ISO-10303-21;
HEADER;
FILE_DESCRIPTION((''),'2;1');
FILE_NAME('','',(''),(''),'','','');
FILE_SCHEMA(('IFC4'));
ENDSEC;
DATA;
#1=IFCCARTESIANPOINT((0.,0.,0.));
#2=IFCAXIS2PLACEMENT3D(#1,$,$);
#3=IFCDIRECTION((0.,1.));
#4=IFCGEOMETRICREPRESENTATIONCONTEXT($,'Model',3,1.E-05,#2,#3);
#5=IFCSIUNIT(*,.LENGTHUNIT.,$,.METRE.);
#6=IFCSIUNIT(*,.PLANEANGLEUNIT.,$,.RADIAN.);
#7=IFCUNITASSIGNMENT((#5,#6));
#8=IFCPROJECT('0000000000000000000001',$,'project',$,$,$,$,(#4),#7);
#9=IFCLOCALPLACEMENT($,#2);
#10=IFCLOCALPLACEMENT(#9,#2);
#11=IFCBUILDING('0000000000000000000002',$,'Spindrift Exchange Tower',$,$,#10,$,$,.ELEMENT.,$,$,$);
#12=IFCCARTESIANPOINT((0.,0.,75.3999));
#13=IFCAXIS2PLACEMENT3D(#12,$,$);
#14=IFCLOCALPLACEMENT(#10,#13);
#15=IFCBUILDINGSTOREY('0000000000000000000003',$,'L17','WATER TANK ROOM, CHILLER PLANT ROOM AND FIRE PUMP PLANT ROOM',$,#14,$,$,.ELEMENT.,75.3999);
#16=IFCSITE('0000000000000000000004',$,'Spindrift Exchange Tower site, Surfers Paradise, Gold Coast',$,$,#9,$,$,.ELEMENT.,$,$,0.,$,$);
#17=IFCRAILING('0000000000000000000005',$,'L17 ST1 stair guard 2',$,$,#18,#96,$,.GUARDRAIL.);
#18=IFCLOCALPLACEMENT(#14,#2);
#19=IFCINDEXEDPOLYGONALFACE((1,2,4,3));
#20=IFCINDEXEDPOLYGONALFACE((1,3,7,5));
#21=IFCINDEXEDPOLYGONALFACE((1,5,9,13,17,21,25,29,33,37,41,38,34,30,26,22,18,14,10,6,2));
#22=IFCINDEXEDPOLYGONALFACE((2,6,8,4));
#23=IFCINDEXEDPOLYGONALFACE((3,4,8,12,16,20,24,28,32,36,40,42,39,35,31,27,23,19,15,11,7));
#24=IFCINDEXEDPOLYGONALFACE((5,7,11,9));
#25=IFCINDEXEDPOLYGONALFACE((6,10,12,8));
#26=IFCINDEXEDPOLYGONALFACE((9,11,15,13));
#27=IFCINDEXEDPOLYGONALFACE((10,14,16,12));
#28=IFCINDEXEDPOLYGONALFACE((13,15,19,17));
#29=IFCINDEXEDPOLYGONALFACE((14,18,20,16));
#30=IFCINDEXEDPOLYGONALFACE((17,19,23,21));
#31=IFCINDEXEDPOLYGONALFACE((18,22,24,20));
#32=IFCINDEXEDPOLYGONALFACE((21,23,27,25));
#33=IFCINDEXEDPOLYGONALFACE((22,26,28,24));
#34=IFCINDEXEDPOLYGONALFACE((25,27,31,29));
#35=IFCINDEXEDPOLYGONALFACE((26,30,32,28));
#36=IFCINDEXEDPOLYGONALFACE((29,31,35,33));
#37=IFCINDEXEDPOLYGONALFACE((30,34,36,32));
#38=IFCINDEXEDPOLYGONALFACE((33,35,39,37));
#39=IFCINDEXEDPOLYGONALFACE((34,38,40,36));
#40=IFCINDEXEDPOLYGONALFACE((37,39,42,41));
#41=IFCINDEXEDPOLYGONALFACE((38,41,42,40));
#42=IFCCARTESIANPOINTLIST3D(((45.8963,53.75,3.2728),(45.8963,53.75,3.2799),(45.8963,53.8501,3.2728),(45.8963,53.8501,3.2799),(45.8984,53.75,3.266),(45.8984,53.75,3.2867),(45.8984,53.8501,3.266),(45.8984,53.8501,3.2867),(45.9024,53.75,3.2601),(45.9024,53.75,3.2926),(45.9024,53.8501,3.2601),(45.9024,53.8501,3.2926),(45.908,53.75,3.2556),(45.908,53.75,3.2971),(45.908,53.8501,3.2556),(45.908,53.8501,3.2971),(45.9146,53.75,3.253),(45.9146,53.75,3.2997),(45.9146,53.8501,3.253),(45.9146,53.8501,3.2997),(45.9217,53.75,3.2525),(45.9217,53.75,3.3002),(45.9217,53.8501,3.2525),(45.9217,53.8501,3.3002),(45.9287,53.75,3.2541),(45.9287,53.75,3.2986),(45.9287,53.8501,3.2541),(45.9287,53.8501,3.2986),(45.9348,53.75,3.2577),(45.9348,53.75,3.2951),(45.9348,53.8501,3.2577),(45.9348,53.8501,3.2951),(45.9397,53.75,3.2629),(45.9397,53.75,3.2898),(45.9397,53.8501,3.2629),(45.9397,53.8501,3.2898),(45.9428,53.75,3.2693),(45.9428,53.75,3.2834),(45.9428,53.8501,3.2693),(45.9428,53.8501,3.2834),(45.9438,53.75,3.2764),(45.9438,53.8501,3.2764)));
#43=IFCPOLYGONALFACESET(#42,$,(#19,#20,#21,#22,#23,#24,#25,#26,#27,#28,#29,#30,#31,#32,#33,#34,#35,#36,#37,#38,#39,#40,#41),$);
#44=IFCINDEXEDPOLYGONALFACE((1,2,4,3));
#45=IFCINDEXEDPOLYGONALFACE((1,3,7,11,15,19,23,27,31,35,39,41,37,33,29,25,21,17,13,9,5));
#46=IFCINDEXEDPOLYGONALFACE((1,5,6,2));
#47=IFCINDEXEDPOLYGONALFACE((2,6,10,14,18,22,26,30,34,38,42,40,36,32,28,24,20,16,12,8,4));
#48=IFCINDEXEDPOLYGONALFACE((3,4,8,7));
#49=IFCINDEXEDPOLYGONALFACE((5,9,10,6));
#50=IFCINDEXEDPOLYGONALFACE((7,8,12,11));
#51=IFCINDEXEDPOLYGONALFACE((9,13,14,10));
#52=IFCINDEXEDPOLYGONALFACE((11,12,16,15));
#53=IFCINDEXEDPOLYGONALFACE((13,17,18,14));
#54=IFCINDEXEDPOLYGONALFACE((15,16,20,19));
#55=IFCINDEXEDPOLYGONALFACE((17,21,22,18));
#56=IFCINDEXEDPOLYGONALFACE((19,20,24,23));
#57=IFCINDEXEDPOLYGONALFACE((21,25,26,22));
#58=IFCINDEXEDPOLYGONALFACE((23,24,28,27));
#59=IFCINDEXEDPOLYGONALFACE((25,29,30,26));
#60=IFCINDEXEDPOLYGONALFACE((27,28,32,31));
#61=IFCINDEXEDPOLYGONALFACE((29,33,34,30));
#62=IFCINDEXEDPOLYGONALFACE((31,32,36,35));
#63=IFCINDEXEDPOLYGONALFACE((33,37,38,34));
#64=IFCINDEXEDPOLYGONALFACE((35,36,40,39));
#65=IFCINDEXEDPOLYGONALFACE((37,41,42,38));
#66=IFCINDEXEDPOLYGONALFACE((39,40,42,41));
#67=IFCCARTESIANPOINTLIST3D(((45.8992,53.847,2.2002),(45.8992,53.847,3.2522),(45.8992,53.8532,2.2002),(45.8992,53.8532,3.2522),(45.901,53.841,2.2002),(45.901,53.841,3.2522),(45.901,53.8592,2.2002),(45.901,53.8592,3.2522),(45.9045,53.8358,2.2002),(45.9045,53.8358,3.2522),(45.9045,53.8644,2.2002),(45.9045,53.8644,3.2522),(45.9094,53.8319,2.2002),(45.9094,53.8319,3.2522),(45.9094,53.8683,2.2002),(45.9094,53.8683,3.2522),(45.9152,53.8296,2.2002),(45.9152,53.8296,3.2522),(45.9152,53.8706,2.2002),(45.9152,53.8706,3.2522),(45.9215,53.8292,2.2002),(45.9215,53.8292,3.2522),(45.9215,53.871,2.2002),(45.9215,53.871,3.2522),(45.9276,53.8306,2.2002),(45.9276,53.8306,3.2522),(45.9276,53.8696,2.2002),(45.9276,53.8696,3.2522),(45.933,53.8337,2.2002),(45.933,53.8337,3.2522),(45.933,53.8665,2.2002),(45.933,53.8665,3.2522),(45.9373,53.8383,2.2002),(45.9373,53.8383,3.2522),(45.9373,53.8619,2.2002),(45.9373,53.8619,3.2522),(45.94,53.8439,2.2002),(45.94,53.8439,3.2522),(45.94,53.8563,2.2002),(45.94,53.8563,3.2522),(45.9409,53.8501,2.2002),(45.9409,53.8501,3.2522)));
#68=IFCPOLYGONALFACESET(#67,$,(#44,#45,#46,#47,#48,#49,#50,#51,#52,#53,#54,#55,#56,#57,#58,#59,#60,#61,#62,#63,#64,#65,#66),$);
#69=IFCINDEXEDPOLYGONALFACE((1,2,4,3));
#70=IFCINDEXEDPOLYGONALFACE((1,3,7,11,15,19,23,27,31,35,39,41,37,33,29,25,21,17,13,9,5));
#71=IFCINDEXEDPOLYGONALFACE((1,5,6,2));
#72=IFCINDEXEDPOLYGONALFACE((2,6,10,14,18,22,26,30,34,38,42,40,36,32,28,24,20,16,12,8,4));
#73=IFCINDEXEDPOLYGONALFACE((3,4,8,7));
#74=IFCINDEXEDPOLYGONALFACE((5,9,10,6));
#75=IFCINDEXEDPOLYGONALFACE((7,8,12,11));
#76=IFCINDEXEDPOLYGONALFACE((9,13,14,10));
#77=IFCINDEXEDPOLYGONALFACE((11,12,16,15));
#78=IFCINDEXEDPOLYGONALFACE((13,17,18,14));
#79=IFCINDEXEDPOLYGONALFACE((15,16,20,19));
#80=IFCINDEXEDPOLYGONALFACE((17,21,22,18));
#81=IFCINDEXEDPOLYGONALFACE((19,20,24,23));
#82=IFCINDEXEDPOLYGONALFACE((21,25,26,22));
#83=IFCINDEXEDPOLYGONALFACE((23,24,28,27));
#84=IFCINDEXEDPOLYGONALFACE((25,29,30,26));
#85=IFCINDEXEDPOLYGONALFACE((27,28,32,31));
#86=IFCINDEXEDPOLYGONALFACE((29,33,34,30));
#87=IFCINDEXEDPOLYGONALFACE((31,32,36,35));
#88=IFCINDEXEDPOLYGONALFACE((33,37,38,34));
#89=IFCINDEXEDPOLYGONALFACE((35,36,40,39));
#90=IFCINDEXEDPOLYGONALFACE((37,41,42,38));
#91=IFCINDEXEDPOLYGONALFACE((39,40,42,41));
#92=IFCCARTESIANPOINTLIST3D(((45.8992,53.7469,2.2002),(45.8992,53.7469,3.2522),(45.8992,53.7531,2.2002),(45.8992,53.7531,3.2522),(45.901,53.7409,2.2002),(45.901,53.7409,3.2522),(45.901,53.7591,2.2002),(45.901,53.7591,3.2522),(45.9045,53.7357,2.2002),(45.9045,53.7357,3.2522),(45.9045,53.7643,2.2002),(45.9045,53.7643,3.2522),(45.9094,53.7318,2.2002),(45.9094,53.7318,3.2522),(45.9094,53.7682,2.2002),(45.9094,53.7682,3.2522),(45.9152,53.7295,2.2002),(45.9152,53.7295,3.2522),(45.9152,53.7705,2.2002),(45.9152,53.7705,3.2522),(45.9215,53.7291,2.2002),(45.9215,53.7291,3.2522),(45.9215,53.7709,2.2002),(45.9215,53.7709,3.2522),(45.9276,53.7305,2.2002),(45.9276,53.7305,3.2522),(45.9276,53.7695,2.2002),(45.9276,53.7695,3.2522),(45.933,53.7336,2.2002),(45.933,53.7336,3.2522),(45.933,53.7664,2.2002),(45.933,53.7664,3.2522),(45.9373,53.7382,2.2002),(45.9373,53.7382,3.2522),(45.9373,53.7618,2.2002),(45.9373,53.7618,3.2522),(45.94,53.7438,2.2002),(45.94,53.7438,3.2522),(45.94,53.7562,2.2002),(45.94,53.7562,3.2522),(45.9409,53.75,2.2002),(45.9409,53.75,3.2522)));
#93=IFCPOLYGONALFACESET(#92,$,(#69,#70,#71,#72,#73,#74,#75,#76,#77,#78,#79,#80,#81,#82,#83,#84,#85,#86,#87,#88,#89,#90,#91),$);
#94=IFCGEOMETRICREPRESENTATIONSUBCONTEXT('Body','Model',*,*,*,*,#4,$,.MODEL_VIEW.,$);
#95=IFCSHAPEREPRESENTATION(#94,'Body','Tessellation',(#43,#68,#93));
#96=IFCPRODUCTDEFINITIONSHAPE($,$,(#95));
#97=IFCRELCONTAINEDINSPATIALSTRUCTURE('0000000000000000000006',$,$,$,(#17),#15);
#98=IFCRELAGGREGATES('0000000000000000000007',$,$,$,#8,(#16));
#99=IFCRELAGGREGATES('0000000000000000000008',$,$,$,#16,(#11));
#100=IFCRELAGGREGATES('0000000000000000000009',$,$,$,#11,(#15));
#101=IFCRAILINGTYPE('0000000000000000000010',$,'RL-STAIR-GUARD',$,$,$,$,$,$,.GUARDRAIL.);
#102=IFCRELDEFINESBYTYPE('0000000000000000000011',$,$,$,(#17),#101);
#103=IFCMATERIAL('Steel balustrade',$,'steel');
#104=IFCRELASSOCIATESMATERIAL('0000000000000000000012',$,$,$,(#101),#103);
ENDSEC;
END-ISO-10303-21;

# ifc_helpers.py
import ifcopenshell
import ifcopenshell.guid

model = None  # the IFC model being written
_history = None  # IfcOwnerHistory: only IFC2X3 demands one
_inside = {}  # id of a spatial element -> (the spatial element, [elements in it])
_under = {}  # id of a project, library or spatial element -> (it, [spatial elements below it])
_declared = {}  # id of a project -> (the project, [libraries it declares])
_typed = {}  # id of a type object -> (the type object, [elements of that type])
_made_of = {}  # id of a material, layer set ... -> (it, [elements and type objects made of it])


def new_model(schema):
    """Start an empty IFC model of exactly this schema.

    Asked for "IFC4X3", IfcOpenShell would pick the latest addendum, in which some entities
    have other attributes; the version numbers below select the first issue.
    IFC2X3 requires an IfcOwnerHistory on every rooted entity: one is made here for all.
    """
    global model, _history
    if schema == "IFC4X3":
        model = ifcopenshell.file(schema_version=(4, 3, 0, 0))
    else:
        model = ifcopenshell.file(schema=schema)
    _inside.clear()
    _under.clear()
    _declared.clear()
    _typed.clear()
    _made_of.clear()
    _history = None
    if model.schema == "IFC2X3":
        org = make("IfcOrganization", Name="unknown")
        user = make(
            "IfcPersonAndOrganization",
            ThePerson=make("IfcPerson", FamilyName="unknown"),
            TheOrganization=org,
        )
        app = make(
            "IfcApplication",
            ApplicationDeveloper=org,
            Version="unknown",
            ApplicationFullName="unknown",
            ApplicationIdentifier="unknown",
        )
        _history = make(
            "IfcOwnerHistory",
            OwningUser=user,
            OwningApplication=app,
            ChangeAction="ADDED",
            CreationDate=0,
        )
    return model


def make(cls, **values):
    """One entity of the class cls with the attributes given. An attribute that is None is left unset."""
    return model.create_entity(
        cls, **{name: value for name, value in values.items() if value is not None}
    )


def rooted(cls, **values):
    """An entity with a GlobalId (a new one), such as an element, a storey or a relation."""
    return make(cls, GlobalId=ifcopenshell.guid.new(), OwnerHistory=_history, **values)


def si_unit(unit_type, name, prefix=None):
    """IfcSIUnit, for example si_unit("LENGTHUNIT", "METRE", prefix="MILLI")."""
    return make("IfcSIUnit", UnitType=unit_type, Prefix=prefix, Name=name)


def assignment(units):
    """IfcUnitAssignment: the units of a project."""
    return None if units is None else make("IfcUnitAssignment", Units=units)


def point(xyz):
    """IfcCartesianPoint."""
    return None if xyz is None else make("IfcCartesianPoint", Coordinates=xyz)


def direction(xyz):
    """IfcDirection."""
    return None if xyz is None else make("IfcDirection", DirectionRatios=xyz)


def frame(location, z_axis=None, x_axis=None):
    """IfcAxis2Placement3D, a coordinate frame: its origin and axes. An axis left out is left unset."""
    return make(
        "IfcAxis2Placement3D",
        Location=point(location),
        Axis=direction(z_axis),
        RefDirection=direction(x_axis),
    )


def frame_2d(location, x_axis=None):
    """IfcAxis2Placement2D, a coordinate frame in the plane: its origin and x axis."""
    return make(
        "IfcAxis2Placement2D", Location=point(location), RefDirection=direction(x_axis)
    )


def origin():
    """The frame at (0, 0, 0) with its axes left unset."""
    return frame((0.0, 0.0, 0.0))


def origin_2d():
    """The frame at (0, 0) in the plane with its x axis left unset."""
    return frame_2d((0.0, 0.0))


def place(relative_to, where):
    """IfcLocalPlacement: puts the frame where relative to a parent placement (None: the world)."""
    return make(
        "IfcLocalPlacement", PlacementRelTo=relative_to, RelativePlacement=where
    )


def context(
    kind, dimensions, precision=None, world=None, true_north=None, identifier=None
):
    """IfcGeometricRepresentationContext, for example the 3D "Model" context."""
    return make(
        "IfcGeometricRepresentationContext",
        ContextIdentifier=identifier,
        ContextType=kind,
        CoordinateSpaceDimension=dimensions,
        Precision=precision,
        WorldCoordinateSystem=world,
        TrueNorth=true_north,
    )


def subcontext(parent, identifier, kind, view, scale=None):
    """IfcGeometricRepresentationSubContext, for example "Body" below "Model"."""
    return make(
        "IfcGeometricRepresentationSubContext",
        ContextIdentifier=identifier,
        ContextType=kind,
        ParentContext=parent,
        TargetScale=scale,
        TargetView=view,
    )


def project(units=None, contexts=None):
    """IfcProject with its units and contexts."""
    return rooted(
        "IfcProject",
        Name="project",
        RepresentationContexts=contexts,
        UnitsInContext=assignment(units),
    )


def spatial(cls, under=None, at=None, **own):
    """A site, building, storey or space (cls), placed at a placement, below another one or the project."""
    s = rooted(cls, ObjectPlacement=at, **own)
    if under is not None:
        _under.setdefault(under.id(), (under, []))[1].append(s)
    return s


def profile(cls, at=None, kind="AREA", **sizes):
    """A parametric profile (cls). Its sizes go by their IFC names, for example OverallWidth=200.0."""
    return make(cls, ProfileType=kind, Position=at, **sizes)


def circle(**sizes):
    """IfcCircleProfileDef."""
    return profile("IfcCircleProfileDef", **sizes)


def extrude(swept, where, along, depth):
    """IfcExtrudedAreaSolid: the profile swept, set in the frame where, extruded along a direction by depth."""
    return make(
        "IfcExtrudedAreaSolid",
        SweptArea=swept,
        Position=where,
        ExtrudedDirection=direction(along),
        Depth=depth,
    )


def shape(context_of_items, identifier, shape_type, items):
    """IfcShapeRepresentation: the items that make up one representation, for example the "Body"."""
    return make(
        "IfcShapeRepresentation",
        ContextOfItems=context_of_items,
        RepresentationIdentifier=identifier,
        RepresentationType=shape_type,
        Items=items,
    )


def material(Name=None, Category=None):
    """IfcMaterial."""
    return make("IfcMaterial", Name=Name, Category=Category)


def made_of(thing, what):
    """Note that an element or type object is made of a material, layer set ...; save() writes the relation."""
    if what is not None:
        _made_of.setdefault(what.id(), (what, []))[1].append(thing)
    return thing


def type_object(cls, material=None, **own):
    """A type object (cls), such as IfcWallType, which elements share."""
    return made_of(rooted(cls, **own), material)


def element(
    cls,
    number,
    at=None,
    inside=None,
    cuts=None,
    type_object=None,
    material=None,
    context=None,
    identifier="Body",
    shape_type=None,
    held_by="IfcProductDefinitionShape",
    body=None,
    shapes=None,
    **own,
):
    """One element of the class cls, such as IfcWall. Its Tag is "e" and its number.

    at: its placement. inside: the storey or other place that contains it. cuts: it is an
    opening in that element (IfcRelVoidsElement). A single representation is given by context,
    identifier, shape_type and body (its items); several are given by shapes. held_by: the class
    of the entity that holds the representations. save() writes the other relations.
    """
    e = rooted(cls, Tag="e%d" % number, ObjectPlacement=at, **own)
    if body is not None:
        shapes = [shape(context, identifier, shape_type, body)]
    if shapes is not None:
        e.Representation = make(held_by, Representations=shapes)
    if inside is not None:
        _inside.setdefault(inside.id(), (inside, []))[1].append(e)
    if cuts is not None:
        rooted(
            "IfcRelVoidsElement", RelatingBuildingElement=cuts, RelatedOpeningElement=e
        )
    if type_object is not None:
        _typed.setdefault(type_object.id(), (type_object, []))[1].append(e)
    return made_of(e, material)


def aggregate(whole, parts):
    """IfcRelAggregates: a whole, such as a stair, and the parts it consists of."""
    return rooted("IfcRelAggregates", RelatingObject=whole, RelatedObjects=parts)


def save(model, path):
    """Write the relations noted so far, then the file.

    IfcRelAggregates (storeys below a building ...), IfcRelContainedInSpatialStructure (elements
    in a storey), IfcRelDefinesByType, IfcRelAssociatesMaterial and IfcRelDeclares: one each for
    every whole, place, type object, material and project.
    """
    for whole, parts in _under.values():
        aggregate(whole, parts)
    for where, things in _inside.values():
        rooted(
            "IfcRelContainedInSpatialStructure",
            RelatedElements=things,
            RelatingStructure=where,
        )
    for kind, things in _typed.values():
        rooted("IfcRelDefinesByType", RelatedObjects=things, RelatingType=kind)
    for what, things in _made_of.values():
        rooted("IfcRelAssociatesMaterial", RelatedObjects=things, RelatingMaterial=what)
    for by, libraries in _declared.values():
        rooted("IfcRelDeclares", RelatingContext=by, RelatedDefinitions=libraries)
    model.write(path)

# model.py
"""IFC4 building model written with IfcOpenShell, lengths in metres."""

from ifc_helpers import new_model, si_unit, direction, frame, origin, origin_2d, place, context, subcontext, project, spatial, circle, extrude, material, type_object, element, save


model = new_model("IFC4")

# Units and contexts
model_context = context("Model", 3, precision=1e-05, world=origin(), true_north=direction((0.0, 1.0)))
body_context = subcontext(model_context, "Body", "Model", "MODEL_VIEW")
ifc_project = project(units=[si_unit("LENGTHUNIT", "METRE"), si_unit("PLANEANGLEUNIT", "RADIAN")], contexts=[model_context])

# Site, building, storey
site_placement = place(None, origin())
site = spatial("IfcSite", under=ifc_project, at=site_placement, Name="Spindrift Exchange Tower site, Surfers Paradise, Gold Coast", CompositionType="ELEMENT", RefElevation=0.0)
building_placement = place(site_placement, origin())
building = spatial("IfcBuilding", under=site, at=building_placement, Name="Spindrift Exchange Tower", CompositionType="ELEMENT")
storey_placement = place(building_placement, frame((0.0, 0.0, 75.3999)))
storey = spatial("IfcBuildingStorey", under=building, at=storey_placement, Name="L17", Description="WATER TANK ROOM, CHILLER PLANT ROOM AND FIRE PUMP PLANT ROOM", CompositionType="ELEMENT", Elevation=75.3999)

# Railing
ifc_material_1 = material(Name="Steel balustrade", Category="steel")
railing_type_1 = type_object("IfcRailingType", Name="RL-STAIR-GUARD", PredefinedType="GUARDRAIL", material=ifc_material_1)
railing_1_placement = place(storey_placement, frame((45.9199, 53.8501, 2.2002)))
element("IfcRailing", 1, at=railing_1_placement, inside=storey, type_object=railing_type_1, Name="L17 ST1 stair guard 2", PredefinedType="GUARDRAIL", context=body_context, shape_type="SweptSolid", body=[
    extrude(circle(Radius=0.0239, at=origin_2d()), frame((0.0, 0.0, 1.0762), z_axis=(0.0, -1.0, 0.0), x_axis=(1.0, 0.0, 0.0)), (0.0, 0.0, 1.0), 0.1001),
    extrude(circle(Radius=0.021, at=origin_2d()), origin(), (0.0, 0.0, 1.0), 1.052),
    extrude(circle(Radius=0.021, at=origin_2d()), frame((0.0, -0.1001, 0.0)), (0.0, 0.0, 1.0), 1.052),
])

save(model, "model.ifc")
